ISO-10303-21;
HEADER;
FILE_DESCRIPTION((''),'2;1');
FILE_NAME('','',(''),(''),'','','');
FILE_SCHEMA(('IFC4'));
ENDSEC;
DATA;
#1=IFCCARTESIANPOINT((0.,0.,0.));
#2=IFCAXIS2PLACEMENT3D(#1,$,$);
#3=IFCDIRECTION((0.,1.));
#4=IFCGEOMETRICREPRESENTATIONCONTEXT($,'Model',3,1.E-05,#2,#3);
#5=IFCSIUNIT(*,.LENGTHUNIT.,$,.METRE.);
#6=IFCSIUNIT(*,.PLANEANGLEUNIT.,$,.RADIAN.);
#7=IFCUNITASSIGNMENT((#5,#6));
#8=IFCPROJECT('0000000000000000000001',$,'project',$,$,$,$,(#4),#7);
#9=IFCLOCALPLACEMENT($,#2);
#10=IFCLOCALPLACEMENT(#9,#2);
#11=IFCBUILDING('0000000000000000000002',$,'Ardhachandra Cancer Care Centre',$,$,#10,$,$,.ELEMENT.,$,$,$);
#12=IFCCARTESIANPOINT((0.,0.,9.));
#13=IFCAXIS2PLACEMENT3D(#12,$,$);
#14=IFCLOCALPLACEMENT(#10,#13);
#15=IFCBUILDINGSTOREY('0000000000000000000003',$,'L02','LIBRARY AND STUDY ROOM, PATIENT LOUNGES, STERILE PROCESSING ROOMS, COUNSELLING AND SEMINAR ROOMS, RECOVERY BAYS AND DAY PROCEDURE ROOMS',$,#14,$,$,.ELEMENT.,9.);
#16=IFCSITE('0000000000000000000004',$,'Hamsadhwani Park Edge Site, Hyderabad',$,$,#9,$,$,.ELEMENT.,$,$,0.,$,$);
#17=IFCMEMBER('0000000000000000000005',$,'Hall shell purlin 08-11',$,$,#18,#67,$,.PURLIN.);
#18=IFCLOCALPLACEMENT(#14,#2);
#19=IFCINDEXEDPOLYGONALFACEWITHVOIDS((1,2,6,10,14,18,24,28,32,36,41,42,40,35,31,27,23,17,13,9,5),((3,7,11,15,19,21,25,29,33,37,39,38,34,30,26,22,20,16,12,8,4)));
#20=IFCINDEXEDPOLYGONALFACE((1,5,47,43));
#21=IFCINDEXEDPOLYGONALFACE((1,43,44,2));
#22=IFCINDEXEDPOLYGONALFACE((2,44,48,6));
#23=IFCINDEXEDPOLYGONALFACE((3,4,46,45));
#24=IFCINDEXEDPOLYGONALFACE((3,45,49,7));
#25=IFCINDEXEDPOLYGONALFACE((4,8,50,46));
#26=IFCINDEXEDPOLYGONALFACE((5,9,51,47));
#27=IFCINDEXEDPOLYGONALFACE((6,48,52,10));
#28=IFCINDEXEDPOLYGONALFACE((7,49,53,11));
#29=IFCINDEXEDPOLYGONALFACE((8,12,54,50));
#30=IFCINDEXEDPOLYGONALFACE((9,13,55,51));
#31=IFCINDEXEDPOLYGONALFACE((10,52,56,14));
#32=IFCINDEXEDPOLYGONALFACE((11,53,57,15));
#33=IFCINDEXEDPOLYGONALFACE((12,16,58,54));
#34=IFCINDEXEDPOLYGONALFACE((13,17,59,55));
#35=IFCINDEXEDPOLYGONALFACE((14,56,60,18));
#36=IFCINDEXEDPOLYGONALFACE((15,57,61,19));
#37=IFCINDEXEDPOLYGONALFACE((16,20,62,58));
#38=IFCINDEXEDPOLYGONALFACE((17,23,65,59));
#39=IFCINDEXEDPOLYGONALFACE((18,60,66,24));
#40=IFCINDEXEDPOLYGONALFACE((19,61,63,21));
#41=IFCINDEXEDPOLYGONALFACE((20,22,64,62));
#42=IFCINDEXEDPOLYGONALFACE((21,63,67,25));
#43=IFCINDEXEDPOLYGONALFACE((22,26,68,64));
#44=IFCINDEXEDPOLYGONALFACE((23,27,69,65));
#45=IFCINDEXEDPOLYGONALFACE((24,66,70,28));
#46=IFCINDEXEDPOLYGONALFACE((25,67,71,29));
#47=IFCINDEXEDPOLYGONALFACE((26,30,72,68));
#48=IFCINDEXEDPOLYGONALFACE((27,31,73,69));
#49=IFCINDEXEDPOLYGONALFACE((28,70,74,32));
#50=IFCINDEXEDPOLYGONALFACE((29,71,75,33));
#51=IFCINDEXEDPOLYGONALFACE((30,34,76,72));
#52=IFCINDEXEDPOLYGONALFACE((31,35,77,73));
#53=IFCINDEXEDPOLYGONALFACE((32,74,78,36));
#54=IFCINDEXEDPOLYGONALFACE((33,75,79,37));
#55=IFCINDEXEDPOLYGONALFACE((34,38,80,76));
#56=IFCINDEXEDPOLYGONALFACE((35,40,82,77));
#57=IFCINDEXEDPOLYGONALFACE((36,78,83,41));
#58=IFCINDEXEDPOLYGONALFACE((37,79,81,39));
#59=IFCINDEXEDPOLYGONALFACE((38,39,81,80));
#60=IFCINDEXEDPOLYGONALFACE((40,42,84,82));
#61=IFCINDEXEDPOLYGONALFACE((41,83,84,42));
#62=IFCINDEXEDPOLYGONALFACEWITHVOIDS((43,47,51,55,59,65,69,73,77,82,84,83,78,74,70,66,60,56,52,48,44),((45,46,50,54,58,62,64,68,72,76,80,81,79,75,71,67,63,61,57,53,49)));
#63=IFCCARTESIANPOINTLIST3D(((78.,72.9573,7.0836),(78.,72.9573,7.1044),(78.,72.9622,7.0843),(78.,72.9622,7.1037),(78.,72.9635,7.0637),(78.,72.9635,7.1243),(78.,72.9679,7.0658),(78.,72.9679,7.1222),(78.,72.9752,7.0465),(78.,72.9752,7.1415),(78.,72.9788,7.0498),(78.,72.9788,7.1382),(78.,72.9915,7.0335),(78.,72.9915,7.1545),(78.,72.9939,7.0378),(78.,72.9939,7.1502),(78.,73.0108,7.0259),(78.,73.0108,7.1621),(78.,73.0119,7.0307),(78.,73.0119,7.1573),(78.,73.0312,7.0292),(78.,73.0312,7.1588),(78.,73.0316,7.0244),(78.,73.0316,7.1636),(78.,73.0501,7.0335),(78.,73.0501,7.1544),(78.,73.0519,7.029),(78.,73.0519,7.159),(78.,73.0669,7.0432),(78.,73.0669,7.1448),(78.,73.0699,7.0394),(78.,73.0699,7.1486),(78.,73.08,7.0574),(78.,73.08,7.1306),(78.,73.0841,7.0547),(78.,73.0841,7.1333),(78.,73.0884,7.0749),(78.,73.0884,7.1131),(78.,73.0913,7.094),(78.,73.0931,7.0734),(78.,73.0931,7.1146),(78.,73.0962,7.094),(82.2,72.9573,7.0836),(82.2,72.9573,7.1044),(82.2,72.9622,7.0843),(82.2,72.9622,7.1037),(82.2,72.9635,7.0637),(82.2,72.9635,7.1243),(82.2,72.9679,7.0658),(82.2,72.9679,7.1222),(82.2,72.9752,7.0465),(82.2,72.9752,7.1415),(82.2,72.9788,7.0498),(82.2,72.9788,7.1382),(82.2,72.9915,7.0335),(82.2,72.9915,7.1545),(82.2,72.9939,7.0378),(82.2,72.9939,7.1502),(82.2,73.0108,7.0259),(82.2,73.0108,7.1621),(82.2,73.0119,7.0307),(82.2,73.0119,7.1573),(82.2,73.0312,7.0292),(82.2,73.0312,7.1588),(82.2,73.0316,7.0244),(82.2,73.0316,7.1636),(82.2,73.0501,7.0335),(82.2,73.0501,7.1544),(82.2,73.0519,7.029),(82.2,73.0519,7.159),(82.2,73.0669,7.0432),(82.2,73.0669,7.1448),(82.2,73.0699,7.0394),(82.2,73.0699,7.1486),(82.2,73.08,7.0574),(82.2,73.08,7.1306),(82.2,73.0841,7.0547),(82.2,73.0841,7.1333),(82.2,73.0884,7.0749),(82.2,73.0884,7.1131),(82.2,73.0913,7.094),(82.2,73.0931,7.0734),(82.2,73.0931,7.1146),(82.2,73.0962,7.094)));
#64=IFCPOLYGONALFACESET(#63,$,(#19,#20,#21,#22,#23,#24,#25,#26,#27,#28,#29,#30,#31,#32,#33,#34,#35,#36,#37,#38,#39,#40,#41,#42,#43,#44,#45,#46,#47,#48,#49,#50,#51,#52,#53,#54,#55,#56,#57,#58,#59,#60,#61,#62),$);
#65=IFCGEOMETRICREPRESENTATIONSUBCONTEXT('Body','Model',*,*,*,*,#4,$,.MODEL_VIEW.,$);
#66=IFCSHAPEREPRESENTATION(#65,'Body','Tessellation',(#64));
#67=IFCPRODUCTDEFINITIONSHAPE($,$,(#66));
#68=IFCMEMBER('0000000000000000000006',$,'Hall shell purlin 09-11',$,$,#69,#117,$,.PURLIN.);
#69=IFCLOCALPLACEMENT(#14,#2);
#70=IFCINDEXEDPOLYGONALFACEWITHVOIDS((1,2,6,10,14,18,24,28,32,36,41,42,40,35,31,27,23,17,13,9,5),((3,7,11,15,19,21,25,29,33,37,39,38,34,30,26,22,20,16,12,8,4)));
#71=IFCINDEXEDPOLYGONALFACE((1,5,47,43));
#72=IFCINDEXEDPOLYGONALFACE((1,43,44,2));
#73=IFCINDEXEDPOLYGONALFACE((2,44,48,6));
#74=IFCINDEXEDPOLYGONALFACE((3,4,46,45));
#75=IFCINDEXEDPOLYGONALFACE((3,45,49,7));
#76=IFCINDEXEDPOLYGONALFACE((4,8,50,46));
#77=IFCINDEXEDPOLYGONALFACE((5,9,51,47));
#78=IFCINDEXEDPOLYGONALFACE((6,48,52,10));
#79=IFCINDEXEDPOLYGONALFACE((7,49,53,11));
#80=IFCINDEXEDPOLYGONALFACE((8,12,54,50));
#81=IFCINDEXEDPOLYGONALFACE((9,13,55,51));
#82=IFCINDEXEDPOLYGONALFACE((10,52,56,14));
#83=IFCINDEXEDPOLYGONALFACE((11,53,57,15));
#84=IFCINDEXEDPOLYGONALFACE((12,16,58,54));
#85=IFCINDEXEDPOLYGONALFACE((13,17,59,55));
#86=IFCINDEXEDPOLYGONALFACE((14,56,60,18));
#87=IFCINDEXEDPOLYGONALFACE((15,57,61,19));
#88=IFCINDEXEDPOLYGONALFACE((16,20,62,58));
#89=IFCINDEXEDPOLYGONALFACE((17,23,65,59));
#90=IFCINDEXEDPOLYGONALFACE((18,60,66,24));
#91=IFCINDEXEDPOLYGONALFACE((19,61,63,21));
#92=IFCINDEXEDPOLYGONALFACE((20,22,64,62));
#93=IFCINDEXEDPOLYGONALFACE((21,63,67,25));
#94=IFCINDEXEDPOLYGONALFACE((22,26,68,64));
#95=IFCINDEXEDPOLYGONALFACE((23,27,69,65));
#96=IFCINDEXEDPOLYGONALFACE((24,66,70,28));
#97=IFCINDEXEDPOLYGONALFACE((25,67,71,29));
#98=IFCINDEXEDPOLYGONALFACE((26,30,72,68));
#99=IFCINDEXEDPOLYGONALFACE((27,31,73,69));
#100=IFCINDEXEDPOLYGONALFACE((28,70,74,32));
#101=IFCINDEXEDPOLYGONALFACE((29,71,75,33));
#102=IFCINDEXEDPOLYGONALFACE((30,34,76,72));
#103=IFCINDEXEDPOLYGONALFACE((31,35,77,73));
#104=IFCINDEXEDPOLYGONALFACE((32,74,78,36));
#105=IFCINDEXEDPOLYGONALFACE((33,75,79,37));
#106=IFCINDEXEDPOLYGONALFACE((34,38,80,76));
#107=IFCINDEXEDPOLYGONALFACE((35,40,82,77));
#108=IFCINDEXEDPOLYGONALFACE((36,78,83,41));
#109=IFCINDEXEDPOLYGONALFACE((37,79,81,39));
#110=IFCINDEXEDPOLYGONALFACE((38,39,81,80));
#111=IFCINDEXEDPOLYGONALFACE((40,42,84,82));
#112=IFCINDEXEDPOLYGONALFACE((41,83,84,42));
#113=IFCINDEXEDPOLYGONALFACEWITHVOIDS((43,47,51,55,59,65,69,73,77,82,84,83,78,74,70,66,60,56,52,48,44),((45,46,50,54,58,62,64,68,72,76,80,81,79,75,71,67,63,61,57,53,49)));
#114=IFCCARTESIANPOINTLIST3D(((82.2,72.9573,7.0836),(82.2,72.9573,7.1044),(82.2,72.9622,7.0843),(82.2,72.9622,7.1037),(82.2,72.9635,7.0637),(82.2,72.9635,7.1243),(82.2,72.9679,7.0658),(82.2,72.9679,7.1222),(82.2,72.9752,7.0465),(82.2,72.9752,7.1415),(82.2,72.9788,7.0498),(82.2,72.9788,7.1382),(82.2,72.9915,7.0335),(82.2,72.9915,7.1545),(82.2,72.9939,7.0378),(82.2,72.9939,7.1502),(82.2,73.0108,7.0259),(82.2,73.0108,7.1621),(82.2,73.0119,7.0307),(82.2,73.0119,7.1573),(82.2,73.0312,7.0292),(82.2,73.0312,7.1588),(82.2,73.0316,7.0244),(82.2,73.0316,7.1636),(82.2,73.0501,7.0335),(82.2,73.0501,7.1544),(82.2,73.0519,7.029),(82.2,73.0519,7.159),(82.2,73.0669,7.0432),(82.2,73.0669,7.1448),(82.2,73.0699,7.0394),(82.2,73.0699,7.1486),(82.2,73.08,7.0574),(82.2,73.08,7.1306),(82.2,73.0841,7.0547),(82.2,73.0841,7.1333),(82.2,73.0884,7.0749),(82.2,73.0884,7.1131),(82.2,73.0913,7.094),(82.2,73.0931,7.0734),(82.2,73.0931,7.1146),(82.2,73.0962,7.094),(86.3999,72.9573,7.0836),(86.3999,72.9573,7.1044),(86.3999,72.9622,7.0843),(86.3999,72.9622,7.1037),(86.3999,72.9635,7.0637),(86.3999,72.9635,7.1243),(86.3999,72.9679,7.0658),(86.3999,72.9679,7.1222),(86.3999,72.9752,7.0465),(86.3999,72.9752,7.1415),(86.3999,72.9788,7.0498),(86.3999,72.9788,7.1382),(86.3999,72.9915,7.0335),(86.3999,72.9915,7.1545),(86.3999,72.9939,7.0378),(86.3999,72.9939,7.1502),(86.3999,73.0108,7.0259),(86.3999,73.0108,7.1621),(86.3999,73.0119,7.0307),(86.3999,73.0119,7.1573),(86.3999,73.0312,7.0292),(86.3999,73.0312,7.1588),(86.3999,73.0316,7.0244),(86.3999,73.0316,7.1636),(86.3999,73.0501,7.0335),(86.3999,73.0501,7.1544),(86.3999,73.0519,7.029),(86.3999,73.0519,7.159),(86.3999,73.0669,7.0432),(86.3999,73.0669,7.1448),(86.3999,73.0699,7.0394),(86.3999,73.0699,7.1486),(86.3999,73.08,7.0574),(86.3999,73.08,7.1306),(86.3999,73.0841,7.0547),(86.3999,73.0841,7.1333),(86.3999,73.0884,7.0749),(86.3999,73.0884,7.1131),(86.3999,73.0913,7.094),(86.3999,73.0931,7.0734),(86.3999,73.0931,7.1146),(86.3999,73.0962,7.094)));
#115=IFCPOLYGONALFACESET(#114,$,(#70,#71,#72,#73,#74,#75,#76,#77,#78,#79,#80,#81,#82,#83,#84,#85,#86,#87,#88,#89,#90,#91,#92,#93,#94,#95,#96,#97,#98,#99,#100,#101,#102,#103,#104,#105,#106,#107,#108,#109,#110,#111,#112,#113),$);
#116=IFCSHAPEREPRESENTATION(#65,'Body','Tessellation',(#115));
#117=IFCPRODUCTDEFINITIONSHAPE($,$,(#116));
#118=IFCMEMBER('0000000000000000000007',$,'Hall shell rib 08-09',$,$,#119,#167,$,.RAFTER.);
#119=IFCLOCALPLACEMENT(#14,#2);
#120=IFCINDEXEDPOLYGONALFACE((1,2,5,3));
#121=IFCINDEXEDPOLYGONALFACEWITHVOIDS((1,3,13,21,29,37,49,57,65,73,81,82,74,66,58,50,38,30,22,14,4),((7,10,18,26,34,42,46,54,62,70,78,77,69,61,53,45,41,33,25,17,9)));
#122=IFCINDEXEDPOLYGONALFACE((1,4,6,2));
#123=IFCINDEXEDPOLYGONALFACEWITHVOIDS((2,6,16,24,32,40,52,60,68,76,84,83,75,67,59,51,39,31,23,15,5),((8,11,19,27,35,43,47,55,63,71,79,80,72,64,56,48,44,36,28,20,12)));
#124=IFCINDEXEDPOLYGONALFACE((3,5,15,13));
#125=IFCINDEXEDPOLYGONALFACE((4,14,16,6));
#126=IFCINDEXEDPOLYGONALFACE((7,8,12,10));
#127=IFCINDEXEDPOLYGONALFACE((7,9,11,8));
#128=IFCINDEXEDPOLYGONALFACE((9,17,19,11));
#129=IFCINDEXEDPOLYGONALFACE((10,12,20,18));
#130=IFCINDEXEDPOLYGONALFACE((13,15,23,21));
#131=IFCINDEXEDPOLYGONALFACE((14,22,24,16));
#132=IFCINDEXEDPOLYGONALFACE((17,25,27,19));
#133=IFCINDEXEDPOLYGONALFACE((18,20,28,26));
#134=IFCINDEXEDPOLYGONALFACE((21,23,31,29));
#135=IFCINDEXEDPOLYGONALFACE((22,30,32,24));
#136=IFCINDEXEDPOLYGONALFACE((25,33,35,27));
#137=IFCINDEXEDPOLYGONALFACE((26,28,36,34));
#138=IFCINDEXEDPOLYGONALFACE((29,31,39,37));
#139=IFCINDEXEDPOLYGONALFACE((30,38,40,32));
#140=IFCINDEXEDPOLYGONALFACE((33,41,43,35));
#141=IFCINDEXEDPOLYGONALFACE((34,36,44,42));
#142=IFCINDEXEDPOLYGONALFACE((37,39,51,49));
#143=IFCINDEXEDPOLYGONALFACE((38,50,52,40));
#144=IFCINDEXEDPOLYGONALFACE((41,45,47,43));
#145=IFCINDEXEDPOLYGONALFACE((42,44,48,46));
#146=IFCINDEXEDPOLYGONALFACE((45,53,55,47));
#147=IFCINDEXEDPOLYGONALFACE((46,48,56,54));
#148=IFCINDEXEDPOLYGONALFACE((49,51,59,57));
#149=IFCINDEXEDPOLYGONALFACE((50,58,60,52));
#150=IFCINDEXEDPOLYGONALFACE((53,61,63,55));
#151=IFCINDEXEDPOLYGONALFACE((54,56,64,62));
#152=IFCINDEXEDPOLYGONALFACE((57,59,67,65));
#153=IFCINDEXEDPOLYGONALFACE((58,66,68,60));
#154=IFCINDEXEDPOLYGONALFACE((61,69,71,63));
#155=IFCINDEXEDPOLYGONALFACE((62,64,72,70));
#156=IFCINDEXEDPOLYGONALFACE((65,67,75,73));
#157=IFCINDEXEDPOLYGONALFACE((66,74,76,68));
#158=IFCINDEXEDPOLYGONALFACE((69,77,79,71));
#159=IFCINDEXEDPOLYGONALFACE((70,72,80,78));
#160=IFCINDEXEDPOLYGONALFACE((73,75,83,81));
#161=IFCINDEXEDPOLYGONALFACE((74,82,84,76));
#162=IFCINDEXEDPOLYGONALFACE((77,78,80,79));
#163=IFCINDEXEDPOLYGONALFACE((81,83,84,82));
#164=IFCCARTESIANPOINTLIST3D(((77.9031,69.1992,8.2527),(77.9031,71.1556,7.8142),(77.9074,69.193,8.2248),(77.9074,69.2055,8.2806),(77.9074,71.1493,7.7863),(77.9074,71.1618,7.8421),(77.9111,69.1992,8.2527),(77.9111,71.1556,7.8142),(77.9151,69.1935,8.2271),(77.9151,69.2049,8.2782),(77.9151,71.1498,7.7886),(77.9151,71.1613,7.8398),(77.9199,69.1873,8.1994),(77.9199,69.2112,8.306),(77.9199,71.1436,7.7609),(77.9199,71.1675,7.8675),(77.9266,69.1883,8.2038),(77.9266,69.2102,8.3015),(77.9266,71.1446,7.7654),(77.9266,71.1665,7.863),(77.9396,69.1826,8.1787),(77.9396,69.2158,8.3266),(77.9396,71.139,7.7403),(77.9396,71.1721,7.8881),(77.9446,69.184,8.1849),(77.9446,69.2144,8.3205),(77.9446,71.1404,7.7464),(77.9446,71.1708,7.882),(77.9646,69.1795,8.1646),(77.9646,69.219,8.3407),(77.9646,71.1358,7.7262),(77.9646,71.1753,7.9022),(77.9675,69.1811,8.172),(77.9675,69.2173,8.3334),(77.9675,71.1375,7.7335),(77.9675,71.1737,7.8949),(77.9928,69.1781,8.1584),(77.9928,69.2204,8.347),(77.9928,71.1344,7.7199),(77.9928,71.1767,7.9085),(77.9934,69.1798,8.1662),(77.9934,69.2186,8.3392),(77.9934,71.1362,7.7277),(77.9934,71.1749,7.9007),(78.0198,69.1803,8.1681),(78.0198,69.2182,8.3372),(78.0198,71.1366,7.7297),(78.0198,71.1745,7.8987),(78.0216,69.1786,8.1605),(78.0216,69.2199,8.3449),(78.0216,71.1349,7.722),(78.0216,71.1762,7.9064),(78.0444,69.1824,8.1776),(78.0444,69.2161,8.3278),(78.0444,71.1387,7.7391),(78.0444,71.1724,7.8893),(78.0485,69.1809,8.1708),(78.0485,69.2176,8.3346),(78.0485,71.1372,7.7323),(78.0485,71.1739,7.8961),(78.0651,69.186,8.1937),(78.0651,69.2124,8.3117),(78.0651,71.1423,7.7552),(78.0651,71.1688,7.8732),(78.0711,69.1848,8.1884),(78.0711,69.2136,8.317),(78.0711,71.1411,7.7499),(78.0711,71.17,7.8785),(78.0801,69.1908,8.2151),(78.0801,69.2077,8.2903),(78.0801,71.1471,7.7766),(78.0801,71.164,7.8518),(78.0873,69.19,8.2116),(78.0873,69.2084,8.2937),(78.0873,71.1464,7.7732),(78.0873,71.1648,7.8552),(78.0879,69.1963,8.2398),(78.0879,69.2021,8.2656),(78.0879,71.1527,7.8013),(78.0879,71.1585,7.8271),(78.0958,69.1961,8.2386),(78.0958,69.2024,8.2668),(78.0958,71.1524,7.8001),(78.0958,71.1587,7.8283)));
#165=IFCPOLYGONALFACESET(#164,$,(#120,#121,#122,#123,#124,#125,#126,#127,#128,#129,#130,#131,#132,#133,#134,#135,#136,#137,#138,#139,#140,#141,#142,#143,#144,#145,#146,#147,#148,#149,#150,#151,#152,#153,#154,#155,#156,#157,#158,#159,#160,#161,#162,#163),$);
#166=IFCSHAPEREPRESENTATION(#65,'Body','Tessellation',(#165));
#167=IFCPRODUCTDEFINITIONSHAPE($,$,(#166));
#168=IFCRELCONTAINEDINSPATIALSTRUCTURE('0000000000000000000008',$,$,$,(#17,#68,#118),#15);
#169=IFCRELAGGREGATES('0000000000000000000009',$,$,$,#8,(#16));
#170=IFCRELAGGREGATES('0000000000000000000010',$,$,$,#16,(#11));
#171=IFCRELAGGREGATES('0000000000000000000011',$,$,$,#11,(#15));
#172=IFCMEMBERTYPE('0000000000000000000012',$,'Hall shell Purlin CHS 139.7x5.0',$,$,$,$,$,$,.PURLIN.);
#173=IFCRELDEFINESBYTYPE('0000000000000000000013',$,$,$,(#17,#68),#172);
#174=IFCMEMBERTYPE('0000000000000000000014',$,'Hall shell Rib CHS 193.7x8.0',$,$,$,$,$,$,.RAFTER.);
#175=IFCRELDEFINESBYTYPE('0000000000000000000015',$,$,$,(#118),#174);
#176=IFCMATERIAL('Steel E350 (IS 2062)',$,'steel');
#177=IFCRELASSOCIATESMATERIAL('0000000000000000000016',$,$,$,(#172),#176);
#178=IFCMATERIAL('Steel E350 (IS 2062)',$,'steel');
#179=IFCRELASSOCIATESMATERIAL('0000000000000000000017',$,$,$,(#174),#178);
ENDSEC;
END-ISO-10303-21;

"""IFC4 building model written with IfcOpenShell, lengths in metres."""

from ifc_helpers import new_model, si_unit, direction, frame, origin, origin_2d, place, context, subcontext, project, spatial, hollow_circle, extrude, material, material_profile, profile_set, type_object, element, save


model = new_model("IFC4")

# Units and contexts
model_context = context("Model", 3, precision=1e-05, world=origin(), true_north=direction((0.0, 1.0)))
body_context = subcontext(model_context, "Body", "Model", "MODEL_VIEW")
ifc_project = project(units=[si_unit("LENGTHUNIT", "METRE"), si_unit("PLANEANGLEUNIT", "RADIAN")], contexts=[model_context])

# Site, building, storey
site_placement = place(None, origin())
site = spatial("IfcSite", under=ifc_project, at=site_placement, Name="Hamsadhwani Park Edge Site, Hyderabad", CompositionType="ELEMENT", RefElevation=0.0)
building_placement = place(site_placement, origin())
building = spatial("IfcBuilding", under=site, at=building_placement, Name="Ardhachandra Cancer Care Centre", CompositionType="ELEMENT")
storey_placement = place(building_placement, frame((0.0, 0.0, 9.0)))
storey = spatial("IfcBuildingStorey", under=building, at=storey_placement, Name="L02", Description="LIBRARY AND STUDY ROOM, PATIENT LOUNGES, STERILE PROCESSING ROOMS, COUNSELLING AND SEMINAR ROOMS, RECOVERY BAYS AND DAY PROCEDURE ROOMS", CompositionType="ELEMENT", Elevation=9.0)

# Members
ifc_material_1 = material(Name="Steel E350 (IS 2062)", Category="steel")
ifc_material_profile_1 = material_profile(ifc_material_1, hollow_circle(Radius=0.0698, WallThickness=0.0049, at=origin_2d()), Name="CHS 139.7x5.0")
ifc_profile_set_1 = profile_set([ifc_material_profile_1], Name="Steel E350 (IS 2062)")
member_type_1 = type_object("IfcMemberType", Name="Hall shell Purlin CHS 139.7x5.0", PredefinedType="PURLIN", material=ifc_profile_set_1)
for number, where, z_axis, x_axis, name in (
    (1, (78.0, 73.0264, 7.094), (1.0, 0.0, 0.0), (0.0, 1.0, 0.0), "Hall shell purlin 08-11"),
    (2, (82.2, 73.0264, 7.094), (1.0, 0.0, 0.0), (0.0, 1.0, 0.0), "Hall shell purlin 09-11"),
):
    element("IfcMember", number, at=place(storey_placement, frame(where, z_axis=z_axis, x_axis=x_axis)), inside=storey, type_object=member_type_1, Name=name, PredefinedType="PURLIN", context=body_context, shape_type="SweptSolid", body=[
        extrude(hollow_circle(Radius=0.0698, WallThickness=0.0049, at=origin_2d()), origin(), (0.0, 0.0, 1.0), 4.2),
    ])
ifc_material_2 = material(Name="Steel E350 (IS 2062)", Category="steel")
ifc_material_profile_2 = material_profile(ifc_material_2, hollow_circle(Radius=0.0969, WallThickness=0.0081, at=origin_2d()), Name="CHS 193.7x8.0")
ifc_profile_set_2 = profile_set([ifc_material_profile_2], Name="Steel E350 (IS 2062)")
member_type_2 = type_object("IfcMemberType", Name="Hall shell Rib CHS 193.7x8.0", PredefinedType="RAFTER", material=ifc_profile_set_2)
member_1_placement = place(storey_placement, frame((78.0, 69.1992, 8.2527), z_axis=(0.0, 0.97579, -0.218709), x_axis=(-1.0, 0.0, 0.0)))
element("IfcMember", 3, at=member_1_placement, inside=storey, type_object=member_type_2, Name="Hall shell rib 08-09", PredefinedType="RAFTER", context=body_context, shape_type="SweptSolid", body=[
    extrude(hollow_circle(Radius=0.0969, WallThickness=0.0081, at=origin_2d()), origin(), (0.0, 0.0, 1.0), 2.0049),
])

save(model, "model.ifc")
